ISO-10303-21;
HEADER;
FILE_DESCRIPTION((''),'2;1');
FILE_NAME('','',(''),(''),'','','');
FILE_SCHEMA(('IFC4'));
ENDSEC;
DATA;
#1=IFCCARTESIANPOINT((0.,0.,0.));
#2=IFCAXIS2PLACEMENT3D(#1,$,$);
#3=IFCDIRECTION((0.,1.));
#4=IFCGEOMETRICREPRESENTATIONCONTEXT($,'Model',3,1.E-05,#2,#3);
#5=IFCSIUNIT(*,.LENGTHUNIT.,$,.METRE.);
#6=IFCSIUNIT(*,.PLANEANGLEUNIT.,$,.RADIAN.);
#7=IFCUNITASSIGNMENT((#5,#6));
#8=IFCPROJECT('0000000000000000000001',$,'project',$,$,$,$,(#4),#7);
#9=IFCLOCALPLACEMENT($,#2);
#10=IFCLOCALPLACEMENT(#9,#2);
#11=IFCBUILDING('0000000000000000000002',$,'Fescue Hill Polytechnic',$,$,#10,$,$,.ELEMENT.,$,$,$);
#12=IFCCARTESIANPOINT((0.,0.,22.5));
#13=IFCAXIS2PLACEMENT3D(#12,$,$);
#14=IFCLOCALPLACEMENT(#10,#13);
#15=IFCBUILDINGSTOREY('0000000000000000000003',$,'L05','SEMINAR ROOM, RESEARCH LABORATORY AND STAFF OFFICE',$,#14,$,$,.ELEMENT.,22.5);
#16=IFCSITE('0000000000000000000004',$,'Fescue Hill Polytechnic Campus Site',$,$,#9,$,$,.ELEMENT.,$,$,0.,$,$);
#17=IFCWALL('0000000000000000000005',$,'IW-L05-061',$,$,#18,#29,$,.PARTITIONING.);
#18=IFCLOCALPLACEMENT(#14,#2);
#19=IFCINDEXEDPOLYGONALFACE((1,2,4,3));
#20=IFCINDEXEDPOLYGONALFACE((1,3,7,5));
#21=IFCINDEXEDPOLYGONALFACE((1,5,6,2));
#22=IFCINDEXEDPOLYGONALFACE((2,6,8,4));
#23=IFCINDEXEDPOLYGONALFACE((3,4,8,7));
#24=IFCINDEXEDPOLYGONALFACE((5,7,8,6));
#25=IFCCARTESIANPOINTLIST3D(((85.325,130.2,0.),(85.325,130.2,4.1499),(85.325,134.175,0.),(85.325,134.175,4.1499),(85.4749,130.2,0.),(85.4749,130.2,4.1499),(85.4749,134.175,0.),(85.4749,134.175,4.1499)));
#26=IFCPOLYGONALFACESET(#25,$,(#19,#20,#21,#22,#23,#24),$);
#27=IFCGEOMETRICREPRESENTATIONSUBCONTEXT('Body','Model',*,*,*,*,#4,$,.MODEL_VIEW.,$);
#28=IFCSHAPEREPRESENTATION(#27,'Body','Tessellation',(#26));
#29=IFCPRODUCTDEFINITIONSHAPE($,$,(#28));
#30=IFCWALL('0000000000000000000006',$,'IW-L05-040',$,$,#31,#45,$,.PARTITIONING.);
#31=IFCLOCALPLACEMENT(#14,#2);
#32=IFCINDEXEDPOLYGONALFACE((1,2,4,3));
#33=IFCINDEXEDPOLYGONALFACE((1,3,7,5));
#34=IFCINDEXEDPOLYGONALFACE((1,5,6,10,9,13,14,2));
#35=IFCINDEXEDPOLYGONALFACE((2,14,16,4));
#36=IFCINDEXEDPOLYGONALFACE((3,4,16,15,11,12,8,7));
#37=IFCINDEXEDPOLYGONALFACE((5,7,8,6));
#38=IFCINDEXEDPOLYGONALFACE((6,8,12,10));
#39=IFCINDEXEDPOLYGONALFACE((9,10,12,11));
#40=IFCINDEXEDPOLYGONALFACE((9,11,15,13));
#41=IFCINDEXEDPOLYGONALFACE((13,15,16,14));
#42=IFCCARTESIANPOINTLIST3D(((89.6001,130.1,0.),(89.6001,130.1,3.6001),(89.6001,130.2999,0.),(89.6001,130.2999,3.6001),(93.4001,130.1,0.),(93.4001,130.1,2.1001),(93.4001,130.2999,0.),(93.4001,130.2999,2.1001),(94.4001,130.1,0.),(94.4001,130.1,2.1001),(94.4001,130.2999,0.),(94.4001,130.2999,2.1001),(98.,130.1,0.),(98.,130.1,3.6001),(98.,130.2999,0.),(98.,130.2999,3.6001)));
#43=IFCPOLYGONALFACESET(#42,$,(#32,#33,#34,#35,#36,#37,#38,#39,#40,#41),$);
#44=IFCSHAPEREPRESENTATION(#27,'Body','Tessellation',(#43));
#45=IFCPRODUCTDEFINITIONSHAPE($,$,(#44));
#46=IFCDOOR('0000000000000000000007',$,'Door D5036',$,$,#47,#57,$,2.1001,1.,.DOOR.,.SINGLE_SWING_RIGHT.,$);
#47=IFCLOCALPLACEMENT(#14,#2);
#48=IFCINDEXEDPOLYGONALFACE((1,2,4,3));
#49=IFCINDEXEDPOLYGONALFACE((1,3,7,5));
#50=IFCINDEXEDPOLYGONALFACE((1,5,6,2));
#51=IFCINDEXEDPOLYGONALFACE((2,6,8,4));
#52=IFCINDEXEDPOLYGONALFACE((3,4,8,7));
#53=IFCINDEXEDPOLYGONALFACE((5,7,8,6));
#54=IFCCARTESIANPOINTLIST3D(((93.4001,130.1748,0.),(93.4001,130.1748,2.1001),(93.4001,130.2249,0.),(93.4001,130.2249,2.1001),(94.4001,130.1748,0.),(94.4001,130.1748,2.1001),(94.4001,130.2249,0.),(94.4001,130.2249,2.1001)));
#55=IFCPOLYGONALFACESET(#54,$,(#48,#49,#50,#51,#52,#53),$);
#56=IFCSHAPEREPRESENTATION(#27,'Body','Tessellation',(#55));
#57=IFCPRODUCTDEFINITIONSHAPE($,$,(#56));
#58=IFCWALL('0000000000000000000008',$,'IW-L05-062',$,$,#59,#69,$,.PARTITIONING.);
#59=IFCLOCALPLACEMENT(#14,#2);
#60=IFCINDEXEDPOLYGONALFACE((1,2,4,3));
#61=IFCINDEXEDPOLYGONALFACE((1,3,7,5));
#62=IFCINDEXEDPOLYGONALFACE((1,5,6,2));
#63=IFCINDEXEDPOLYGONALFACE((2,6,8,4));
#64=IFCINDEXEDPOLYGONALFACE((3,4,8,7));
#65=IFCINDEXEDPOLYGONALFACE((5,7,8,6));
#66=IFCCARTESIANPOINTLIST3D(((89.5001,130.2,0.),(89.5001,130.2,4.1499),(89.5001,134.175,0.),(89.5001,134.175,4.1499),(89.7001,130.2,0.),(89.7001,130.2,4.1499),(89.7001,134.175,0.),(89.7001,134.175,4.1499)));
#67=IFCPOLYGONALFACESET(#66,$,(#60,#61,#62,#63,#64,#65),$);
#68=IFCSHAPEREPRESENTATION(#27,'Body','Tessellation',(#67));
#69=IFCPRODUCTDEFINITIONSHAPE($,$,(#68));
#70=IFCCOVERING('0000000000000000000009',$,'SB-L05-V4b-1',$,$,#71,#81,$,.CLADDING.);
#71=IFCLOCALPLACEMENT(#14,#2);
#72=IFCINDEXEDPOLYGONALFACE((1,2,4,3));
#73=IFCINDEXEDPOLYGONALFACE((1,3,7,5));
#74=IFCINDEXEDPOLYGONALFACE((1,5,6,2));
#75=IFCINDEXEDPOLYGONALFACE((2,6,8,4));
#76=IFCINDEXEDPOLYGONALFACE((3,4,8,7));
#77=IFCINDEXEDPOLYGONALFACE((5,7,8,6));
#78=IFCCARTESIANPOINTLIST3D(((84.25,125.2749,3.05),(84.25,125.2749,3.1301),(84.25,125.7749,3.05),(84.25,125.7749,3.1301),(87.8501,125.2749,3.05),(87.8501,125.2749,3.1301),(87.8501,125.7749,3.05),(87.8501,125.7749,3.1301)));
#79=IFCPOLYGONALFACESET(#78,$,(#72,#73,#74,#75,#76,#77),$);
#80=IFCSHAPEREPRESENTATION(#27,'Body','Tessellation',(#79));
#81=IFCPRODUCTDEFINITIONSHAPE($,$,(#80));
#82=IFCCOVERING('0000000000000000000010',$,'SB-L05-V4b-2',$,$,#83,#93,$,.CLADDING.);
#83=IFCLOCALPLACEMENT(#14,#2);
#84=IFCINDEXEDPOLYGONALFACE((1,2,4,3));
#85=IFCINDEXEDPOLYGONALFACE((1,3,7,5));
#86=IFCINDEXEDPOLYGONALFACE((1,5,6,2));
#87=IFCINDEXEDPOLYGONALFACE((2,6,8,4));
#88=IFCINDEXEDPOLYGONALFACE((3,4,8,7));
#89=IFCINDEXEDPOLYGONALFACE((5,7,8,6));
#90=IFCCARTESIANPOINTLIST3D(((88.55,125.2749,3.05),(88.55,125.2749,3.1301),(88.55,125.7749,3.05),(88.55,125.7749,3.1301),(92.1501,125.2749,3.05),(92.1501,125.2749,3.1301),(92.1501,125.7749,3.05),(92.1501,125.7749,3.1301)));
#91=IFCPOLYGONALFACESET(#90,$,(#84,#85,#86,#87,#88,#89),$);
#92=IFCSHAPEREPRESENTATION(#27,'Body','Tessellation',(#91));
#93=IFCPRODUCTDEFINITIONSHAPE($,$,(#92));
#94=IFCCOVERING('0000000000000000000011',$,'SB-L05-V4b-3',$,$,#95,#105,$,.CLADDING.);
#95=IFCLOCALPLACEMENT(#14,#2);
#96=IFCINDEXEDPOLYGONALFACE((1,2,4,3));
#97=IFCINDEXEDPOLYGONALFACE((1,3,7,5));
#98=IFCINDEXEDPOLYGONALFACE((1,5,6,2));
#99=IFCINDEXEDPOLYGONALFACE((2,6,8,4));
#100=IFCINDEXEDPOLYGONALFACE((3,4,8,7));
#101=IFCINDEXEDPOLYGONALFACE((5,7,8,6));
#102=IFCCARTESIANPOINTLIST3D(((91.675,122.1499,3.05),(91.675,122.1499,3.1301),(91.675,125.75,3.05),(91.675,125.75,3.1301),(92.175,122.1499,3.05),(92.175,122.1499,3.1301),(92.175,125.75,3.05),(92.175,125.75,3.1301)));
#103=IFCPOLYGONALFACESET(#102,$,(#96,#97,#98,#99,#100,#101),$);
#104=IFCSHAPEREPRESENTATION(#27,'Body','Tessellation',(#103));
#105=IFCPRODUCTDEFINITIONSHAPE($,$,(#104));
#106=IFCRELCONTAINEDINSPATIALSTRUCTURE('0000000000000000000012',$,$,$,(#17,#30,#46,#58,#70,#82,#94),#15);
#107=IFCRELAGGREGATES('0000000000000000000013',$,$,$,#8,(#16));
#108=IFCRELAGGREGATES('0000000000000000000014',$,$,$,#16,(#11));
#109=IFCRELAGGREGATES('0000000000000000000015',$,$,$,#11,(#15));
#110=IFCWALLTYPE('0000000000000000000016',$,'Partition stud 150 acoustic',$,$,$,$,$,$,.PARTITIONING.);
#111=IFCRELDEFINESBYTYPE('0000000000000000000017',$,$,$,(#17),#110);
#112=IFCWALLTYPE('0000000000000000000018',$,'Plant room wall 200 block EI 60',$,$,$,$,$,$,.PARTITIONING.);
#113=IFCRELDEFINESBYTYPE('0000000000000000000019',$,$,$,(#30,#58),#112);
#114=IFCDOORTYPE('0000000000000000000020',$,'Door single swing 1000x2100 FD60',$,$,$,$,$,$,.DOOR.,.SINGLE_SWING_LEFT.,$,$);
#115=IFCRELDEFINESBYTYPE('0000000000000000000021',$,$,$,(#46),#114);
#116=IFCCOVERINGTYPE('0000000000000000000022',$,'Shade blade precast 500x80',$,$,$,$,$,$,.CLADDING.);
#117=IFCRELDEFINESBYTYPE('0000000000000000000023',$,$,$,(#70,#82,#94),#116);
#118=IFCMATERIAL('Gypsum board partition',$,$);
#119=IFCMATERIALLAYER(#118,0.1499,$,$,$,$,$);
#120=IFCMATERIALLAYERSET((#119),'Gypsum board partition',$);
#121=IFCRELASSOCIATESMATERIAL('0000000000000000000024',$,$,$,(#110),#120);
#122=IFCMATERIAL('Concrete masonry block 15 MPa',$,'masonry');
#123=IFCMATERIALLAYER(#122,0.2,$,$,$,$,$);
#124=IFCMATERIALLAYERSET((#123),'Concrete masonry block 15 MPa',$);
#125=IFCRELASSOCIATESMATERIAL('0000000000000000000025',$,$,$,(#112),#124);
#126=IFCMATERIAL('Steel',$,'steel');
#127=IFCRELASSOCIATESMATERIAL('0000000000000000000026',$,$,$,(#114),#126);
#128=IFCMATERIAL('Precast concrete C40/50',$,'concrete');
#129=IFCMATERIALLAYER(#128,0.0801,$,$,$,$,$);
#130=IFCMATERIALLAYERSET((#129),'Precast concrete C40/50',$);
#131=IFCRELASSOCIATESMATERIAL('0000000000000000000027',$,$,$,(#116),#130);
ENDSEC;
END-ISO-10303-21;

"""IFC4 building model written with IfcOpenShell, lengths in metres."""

from ifc_helpers import new_model, si_unit, direction, frame, frame_2d, origin, origin_2d, place, context, subcontext, project, spatial, rectangle, extrude, material, layer, layer_set, type_object, element, fill, save


model = new_model("IFC4")

# Units and contexts
model_context = context("Model", 3, precision=1e-05, world=origin(), true_north=direction((0.0, 1.0)))
body_context = subcontext(model_context, "Body", "Model", "MODEL_VIEW")
ifc_project = project(units=[si_unit("LENGTHUNIT", "METRE"), si_unit("PLANEANGLEUNIT", "RADIAN")], contexts=[model_context])

# Site, building, storey
site_placement = place(None, origin())
site = spatial("IfcSite", under=ifc_project, at=site_placement, Name="Fescue Hill Polytechnic Campus Site", CompositionType="ELEMENT", RefElevation=0.0)
building_placement = place(site_placement, origin())
building = spatial("IfcBuilding", under=site, at=building_placement, Name="Fescue Hill Polytechnic", CompositionType="ELEMENT")
storey_placement = place(building_placement, frame((0.0, 0.0, 22.5)))
storey = spatial("IfcBuildingStorey", under=building, at=storey_placement, Name="L05", Description="SEMINAR ROOM, RESEARCH LABORATORY AND STAFF OFFICE", CompositionType="ELEMENT", Elevation=22.5)

# Wall
ifc_material_1 = material(Name="Gypsum board partition")
ifc_layer_1 = layer(ifc_material_1, 0.1499)
ifc_layer_set_1 = layer_set([ifc_layer_1], Name="Gypsum board partition")
wall_type_1 = type_object("IfcWallType", Name="Partition stud 150 acoustic", PredefinedType="PARTITIONING", material=ifc_layer_set_1)
wall_1_placement = place(storey_placement, frame((85.3999, 130.2, 0.0), z_axis=(0.0, 0.0, 1.0), x_axis=(0.0, 1.0, 0.0)))
element("IfcWall", 1, at=wall_1_placement, inside=storey, type_object=wall_type_1, Name="IW-L05-061", PredefinedType="PARTITIONING", context=body_context, shape_type="SweptSolid", body=[
    extrude(rectangle(XDim=3.9751, YDim=0.1499, at=frame_2d((1.9875, 0.0))), origin(), (0.0, 0.0, 1.0), 4.1499),
])

# Wall, opening, door
ifc_material_2 = material(Name="Concrete masonry block 15 MPa", Category="masonry")
ifc_layer_2 = layer(ifc_material_2, 0.2)
ifc_layer_set_2 = layer_set([ifc_layer_2], Name="Concrete masonry block 15 MPa")
wall_type_2 = type_object("IfcWallType", Name="Plant room wall 200 block EI 60", PredefinedType="PARTITIONING", material=ifc_layer_set_2)
wall_2_placement = place(storey_placement, frame((89.6001, 130.2, 0.0), z_axis=(0.0, 0.0, 1.0), x_axis=(1.0, 0.0, 0.0)))
wall_2 = element("IfcWall", 2, at=wall_2_placement, inside=storey, type_object=wall_type_2, Name="IW-L05-040", PredefinedType="PARTITIONING", context=body_context, shape_type="SweptSolid", body=[
    extrude(rectangle(XDim=8.3999, YDim=0.2, at=frame_2d((4.2, 0.0))), origin(), (0.0, 0.0, 1.0), 3.6001),
])
opening_1_placement = place(wall_2_placement, frame((3.8, 0.0, 0.0)))
opening_1 = element("IfcOpeningElement", 3, at=opening_1_placement, cuts=wall_2, PredefinedType="OPENING", context=body_context, shape_type="SweptSolid", body=[
    extrude(rectangle(XDim=1.0, YDim=2.1001, at=frame_2d((0.5, 1.05))), frame((0.0, 0.1099, 0.0), z_axis=(0.0, -1.0, 0.0), x_axis=(1.0, 0.0, 0.0)), (0.0, 0.0, 1.0), 0.22),
])
ifc_material_3 = material(Name="Steel", Category="steel")
door_type = type_object("IfcDoorType", Name="Door single swing 1000x2100 FD60", OperationType="SINGLE_SWING_LEFT", PredefinedType="DOOR", material=ifc_material_3)
door_placement = place(opening_1_placement, origin())
door = element("IfcDoor", 4, at=door_placement, inside=storey, type_object=door_type, Name="Door D5036", OperationType="SINGLE_SWING_RIGHT", OverallHeight=2.1001, OverallWidth=1.0, PredefinedType="DOOR", context=body_context, shape_type="SweptSolid", body=[
    extrude(rectangle(XDim=1.0, YDim=2.1001, at=frame_2d((0.5, 1.05))), frame((0.0, 0.0249, 0.0), z_axis=(0.0, -1.0, 0.0), x_axis=(1.0, 0.0, 0.0)), (0.0, 0.0, 1.0), 0.05),
])
fill(opening_1, door)

# Wall
wall_3_placement = place(storey_placement, frame((89.6001, 130.2, 0.0), z_axis=(0.0, 0.0, 1.0), x_axis=(0.0, 1.0, 0.0)))
element("IfcWall", 5, at=wall_3_placement, inside=storey, type_object=wall_type_2, Name="IW-L05-062", PredefinedType="PARTITIONING", context=body_context, shape_type="SweptSolid", body=[
    extrude(rectangle(XDim=3.9751, YDim=0.2, at=frame_2d((1.9875, 0.0))), origin(), (0.0, 0.0, 1.0), 4.1499),
])

# Coverings
ifc_material_4 = material(Name="Precast concrete C40/50", Category="concrete")
ifc_layer_3 = layer(ifc_material_4, 0.0801)
ifc_layer_set_3 = layer_set([ifc_layer_3], Name="Precast concrete C40/50")
covering_type = type_object("IfcCoveringType", Name="Shade blade precast 500x80", PredefinedType="CLADDING", material=ifc_layer_set_3)
for number, where, z_axis, x_axis, name in (
    (6, (86.05, 125.5249, 3.05), (0.0, 0.0, 1.0), (1.0, 0.0, 0.0), "SB-L05-V4b-1"),
    (7, (90.3501, 125.5249, 3.05), (0.0, 0.0, 1.0), (1.0, 0.0, 0.0), "SB-L05-V4b-2"),
    (8, (91.925, 123.95, 3.05), (0.0, 0.0, 1.0), (0.0, -1.0, 0.0), "SB-L05-V4b-3"),
):
    element("IfcCovering", number, at=place(storey_placement, frame(where, z_axis=z_axis, x_axis=x_axis)), inside=storey, type_object=covering_type, Name=name, PredefinedType="CLADDING", context=body_context, shape_type="SweptSolid", body=[
        extrude(rectangle(XDim=3.6001, YDim=0.5, at=origin_2d()), origin(), (0.0, 0.0, 1.0), 0.0801),
    ])

save(model, "model.ifc")
